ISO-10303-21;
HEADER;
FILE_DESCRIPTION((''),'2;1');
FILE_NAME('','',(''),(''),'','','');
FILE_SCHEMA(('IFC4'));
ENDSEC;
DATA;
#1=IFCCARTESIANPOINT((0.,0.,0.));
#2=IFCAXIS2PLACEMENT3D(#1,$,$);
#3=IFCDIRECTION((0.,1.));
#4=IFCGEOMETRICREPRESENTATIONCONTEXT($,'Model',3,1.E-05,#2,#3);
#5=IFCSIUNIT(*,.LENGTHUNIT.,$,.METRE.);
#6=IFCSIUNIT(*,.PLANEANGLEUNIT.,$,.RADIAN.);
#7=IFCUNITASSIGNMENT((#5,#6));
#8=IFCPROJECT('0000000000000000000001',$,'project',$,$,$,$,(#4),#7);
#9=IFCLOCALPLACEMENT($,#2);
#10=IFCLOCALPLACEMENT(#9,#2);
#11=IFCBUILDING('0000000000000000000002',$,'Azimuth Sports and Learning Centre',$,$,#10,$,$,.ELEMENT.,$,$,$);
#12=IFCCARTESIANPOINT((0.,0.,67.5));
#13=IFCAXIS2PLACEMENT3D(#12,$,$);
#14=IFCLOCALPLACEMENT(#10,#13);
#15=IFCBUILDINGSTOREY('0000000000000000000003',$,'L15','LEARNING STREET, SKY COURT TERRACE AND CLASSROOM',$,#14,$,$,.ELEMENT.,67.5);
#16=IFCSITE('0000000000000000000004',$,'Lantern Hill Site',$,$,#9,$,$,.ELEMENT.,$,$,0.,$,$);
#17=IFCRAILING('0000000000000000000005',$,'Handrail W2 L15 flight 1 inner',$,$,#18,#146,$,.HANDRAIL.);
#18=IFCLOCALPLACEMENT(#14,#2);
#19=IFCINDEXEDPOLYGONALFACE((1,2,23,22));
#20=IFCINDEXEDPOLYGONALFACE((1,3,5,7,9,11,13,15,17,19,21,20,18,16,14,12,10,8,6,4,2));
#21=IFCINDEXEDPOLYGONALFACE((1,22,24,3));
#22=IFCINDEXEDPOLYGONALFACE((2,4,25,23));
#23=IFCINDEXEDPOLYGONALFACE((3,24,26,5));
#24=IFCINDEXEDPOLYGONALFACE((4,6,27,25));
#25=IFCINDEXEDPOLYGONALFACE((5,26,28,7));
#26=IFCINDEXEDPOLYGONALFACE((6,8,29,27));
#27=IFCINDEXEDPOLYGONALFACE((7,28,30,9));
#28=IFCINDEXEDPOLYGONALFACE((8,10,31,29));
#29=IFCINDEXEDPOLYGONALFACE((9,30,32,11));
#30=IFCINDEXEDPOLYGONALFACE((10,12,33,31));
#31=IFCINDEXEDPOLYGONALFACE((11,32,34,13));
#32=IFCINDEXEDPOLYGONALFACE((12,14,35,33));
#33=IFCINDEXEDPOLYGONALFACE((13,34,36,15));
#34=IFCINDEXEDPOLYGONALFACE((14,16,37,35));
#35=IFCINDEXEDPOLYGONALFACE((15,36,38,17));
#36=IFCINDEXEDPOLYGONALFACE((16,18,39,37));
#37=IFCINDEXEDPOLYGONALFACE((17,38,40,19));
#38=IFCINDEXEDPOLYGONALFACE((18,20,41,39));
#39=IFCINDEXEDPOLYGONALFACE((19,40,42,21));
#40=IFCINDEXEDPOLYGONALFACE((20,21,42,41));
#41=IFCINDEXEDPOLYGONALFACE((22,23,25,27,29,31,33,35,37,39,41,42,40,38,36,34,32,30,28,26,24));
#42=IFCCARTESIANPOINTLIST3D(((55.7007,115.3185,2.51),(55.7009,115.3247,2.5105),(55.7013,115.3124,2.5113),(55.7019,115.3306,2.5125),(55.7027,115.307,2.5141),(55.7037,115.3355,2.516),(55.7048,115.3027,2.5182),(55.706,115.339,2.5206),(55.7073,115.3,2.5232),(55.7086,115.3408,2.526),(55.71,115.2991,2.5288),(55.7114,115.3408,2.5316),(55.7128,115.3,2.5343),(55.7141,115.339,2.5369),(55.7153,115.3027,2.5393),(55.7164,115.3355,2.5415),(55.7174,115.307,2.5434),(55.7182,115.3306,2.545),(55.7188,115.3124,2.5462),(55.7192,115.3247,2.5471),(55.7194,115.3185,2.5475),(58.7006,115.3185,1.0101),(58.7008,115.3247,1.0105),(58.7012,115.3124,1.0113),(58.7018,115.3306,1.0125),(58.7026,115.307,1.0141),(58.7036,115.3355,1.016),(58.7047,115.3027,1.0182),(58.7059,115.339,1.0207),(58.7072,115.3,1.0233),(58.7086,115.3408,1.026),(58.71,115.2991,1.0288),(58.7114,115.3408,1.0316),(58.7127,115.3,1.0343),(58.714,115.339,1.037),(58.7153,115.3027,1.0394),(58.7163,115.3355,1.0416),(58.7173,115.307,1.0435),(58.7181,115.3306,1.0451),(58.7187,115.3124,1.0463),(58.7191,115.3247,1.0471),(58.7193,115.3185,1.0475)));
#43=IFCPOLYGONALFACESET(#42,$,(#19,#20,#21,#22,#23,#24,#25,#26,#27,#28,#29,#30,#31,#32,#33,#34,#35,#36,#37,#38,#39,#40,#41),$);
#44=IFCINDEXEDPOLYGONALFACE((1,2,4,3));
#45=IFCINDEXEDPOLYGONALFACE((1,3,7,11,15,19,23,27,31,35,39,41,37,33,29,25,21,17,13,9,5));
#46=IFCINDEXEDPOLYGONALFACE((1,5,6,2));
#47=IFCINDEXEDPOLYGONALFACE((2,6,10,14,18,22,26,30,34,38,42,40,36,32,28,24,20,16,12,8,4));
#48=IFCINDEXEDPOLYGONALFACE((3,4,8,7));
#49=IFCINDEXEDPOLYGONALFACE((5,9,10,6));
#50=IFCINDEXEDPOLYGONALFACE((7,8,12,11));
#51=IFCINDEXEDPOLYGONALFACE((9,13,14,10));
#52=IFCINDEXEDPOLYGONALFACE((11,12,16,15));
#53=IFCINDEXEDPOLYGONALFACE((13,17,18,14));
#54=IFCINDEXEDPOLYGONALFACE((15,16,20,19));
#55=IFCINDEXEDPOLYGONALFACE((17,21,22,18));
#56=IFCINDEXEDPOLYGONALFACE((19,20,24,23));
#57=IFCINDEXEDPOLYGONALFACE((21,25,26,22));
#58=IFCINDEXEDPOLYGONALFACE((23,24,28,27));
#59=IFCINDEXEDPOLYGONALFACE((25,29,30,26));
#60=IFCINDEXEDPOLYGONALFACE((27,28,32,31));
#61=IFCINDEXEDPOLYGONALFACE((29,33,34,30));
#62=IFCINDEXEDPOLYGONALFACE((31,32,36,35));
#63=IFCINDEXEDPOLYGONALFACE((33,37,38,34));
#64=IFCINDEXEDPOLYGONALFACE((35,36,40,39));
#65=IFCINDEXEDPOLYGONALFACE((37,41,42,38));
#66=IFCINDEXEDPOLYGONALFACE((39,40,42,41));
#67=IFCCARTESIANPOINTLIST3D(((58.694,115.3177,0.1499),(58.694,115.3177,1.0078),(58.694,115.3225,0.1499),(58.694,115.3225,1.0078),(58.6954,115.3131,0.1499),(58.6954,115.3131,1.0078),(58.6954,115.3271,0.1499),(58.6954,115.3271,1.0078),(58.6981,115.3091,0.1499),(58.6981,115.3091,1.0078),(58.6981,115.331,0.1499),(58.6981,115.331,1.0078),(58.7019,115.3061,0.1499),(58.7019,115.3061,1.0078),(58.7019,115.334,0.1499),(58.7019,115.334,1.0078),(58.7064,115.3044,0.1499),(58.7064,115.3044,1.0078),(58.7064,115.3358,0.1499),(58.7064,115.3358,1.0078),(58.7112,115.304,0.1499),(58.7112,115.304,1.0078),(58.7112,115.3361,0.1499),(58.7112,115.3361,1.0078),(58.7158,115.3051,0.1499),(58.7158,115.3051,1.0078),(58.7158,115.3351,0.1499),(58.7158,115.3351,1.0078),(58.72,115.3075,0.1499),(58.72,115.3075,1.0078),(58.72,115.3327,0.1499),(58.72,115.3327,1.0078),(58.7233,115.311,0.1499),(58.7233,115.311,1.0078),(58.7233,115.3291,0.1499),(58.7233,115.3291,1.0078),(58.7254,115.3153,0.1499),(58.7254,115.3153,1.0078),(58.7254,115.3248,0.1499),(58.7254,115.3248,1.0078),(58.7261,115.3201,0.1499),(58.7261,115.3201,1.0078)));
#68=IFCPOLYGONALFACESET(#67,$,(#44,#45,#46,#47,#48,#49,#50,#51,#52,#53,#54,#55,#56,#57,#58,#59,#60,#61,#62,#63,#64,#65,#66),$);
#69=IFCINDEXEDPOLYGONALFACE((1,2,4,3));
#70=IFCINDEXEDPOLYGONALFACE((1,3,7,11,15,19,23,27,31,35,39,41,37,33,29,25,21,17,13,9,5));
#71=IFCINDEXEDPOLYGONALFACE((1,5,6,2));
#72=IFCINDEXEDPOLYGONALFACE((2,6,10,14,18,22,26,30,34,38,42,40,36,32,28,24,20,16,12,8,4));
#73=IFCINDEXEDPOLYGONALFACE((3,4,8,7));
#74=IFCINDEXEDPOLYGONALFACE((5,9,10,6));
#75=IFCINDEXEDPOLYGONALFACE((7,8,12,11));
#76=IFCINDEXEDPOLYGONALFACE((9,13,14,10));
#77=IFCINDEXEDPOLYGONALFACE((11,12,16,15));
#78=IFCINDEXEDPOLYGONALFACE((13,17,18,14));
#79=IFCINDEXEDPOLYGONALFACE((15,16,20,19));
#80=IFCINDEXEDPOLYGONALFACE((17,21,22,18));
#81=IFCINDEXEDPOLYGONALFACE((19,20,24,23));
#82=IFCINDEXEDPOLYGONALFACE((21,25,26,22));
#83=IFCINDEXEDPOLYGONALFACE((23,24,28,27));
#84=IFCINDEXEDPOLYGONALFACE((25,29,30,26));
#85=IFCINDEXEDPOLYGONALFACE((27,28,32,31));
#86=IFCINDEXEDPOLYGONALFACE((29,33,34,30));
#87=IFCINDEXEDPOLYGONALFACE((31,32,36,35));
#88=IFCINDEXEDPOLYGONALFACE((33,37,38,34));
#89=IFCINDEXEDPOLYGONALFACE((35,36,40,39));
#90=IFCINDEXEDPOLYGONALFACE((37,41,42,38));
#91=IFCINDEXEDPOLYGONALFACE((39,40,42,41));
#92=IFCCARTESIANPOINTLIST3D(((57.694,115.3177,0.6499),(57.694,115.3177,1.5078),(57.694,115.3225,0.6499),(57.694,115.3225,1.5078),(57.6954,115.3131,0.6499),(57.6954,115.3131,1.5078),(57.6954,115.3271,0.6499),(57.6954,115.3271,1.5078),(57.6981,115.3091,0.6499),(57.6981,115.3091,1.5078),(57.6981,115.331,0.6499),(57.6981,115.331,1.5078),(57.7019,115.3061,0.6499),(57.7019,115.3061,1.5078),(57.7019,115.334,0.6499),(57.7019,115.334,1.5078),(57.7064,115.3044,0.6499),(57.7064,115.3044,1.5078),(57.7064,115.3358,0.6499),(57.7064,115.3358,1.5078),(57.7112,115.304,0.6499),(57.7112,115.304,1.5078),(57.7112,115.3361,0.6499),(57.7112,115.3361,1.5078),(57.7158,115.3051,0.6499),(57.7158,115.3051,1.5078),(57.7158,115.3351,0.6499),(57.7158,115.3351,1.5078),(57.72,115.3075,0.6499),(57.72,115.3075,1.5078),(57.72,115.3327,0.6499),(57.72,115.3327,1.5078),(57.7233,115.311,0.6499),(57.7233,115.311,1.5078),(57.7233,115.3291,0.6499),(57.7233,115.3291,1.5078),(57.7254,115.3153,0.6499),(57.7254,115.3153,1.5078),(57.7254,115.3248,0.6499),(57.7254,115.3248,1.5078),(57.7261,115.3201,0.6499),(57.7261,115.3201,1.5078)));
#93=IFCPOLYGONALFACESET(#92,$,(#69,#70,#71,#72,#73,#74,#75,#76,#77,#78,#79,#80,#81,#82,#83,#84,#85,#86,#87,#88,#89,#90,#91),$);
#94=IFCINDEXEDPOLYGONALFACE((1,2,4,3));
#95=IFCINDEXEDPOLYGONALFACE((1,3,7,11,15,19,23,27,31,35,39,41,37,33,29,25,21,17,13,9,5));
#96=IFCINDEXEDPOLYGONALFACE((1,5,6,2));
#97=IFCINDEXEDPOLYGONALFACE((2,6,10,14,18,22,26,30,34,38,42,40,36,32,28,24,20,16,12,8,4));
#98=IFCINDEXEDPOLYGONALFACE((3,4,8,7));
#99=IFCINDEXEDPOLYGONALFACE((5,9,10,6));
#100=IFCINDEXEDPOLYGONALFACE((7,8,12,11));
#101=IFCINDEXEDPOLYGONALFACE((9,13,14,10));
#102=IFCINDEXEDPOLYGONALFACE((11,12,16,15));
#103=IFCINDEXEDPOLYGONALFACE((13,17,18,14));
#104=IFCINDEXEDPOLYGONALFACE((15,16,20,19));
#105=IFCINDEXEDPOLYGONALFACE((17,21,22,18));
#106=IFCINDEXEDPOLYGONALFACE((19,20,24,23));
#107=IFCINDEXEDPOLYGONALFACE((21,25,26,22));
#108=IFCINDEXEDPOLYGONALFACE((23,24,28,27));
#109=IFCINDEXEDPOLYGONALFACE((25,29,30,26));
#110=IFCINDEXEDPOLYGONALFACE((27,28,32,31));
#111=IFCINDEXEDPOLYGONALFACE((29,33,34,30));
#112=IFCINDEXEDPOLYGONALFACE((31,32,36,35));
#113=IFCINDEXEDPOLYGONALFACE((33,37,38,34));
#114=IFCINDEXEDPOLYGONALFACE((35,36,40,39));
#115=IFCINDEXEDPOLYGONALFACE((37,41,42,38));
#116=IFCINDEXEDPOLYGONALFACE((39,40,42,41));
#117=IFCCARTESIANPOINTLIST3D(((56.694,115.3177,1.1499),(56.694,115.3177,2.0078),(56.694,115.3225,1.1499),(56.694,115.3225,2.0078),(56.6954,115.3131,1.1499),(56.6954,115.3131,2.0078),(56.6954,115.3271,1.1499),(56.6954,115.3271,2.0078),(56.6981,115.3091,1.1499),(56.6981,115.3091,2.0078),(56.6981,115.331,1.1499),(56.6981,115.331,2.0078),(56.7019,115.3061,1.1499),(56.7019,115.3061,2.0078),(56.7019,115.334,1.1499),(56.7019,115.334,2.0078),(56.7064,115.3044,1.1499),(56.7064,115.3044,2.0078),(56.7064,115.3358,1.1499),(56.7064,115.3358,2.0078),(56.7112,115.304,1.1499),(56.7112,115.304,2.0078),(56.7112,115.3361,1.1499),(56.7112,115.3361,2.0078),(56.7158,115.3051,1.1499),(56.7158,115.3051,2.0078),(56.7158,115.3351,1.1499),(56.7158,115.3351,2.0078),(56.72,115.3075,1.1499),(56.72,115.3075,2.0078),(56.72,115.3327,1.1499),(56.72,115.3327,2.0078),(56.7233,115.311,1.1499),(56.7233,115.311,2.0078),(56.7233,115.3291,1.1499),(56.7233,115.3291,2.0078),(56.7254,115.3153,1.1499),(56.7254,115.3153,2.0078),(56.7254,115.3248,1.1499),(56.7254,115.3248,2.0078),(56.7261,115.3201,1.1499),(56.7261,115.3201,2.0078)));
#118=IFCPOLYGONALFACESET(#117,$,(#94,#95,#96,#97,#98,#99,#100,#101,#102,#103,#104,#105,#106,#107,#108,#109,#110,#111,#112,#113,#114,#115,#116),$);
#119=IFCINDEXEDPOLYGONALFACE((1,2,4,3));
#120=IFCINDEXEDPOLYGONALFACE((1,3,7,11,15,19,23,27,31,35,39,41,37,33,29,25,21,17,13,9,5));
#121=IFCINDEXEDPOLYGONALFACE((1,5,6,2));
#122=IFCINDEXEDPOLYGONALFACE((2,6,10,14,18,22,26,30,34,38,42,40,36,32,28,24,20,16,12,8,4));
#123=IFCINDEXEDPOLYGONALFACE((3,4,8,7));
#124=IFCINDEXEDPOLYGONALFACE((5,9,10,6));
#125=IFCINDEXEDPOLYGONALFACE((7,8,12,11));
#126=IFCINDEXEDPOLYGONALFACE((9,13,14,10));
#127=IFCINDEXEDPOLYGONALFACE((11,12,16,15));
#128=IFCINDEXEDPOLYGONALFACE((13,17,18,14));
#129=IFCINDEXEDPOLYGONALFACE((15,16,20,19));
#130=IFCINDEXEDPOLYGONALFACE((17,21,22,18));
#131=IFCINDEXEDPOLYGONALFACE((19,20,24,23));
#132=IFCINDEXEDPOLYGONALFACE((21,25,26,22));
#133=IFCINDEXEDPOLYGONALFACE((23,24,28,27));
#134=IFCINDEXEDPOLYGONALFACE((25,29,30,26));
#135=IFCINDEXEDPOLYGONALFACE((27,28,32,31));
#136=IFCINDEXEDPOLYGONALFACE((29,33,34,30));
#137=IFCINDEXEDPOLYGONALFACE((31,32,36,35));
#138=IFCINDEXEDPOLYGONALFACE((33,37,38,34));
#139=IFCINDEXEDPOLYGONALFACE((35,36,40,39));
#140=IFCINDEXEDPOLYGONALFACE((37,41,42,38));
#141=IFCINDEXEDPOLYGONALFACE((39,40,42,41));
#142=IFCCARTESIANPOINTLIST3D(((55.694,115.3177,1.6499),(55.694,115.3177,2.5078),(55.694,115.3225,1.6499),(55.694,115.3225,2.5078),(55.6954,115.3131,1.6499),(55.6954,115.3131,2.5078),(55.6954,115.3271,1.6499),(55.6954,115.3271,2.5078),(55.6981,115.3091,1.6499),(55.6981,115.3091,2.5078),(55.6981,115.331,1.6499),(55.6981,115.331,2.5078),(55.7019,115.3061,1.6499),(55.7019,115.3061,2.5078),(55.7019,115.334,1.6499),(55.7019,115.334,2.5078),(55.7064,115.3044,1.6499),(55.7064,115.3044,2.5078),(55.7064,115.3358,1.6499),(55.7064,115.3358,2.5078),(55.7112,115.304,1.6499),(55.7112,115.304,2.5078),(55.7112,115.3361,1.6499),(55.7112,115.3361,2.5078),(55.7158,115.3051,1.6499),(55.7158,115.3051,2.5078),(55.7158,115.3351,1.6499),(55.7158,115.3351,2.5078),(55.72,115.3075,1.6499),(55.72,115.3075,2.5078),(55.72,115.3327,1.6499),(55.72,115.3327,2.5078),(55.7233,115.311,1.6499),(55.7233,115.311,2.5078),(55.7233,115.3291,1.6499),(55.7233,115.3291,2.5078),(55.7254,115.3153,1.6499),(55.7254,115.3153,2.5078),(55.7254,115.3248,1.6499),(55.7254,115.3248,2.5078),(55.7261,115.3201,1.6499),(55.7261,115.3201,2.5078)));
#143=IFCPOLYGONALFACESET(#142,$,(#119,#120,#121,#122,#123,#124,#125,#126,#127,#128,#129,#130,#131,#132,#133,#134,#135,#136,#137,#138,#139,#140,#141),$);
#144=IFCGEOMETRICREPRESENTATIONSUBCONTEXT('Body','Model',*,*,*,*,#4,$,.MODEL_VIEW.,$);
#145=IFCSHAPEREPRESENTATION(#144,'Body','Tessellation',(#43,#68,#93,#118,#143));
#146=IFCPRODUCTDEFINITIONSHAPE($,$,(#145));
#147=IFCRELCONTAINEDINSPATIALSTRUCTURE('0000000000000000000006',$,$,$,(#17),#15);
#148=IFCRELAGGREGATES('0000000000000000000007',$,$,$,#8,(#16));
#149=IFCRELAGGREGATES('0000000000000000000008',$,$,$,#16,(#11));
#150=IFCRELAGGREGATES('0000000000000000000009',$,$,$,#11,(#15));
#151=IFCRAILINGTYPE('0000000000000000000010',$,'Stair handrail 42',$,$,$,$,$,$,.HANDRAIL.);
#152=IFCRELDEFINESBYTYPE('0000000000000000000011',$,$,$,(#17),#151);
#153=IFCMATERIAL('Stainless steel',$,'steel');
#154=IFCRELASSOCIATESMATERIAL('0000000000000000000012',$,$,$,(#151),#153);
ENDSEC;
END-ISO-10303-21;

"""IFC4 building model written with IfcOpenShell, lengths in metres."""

from ifc_helpers import new_model, si_unit, direction, frame, origin, origin_2d, place, context, subcontext, project, spatial, circle, extrude, material, type_object, element, save


model = new_model("IFC4")

# Units and contexts
model_context = context("Model", 3, precision=1e-05, world=origin(), true_north=direction((0.0, 1.0)))
body_context = subcontext(model_context, "Body", "Model", "MODEL_VIEW")
ifc_project = project(units=[si_unit("LENGTHUNIT", "METRE"), si_unit("PLANEANGLEUNIT", "RADIAN")], contexts=[model_context])

# Site, building, storey
site_placement = place(None, origin())
site = spatial("IfcSite", under=ifc_project, at=site_placement, Name="Lantern Hill Site", CompositionType="ELEMENT", RefElevation=0.0)
building_placement = place(site_placement, origin())
building = spatial("IfcBuilding", under=site, at=building_placement, Name="Azimuth Sports and Learning Centre", CompositionType="ELEMENT")
storey_placement = place(building_placement, frame((0.0, 0.0, 67.5)))
storey = spatial("IfcBuildingStorey", under=building, at=storey_placement, Name="L15", Description="LEARNING STREET, SKY COURT TERRACE AND CLASSROOM", CompositionType="ELEMENT", Elevation=67.5)

# Railing
ifc_material_1 = material(Name="Stainless steel", Category="steel")
railing_type_1 = type_object("IfcRailingType", Name="Stair handrail 42", PredefinedType="HANDRAIL", material=ifc_material_1)
for number, where, name in (
    (1, (58.71, 115.3201, 0.1499), "Handrail W2 L15 flight 1 inner"),
):
    element("IfcRailing", number, at=place(storey_placement, frame(where)), inside=storey, type_object=railing_type_1, Name=name, PredefinedType="HANDRAIL", context=body_context, shape_type="SweptSolid", body=[
        extrude(circle(Radius=0.021, at=origin_2d()), frame((0.0, 0.0, 0.8789), z_axis=(-0.894427, 0.0, 0.447214), x_axis=(0.0, -1.0, 0.0)), (0.0, 0.0, 1.0), 3.354),
        extrude(circle(Radius=0.0161, at=origin_2d()), origin(), (0.0, 0.0, 1.0), 0.8579),
        extrude(circle(Radius=0.0161, at=origin_2d()), frame((-1.0, 0.0, 0.5)), (0.0, 0.0, 1.0), 0.8579),
        extrude(circle(Radius=0.0161, at=origin_2d()), frame((-2.0, 0.0, 1.0)), (0.0, 0.0, 1.0), 0.8579),
        extrude(circle(Radius=0.0161, at=origin_2d()), frame((-3.0, 0.0, 1.5)), (0.0, 0.0, 1.0), 0.8579),
    ])

save(model, "model.ifc")
